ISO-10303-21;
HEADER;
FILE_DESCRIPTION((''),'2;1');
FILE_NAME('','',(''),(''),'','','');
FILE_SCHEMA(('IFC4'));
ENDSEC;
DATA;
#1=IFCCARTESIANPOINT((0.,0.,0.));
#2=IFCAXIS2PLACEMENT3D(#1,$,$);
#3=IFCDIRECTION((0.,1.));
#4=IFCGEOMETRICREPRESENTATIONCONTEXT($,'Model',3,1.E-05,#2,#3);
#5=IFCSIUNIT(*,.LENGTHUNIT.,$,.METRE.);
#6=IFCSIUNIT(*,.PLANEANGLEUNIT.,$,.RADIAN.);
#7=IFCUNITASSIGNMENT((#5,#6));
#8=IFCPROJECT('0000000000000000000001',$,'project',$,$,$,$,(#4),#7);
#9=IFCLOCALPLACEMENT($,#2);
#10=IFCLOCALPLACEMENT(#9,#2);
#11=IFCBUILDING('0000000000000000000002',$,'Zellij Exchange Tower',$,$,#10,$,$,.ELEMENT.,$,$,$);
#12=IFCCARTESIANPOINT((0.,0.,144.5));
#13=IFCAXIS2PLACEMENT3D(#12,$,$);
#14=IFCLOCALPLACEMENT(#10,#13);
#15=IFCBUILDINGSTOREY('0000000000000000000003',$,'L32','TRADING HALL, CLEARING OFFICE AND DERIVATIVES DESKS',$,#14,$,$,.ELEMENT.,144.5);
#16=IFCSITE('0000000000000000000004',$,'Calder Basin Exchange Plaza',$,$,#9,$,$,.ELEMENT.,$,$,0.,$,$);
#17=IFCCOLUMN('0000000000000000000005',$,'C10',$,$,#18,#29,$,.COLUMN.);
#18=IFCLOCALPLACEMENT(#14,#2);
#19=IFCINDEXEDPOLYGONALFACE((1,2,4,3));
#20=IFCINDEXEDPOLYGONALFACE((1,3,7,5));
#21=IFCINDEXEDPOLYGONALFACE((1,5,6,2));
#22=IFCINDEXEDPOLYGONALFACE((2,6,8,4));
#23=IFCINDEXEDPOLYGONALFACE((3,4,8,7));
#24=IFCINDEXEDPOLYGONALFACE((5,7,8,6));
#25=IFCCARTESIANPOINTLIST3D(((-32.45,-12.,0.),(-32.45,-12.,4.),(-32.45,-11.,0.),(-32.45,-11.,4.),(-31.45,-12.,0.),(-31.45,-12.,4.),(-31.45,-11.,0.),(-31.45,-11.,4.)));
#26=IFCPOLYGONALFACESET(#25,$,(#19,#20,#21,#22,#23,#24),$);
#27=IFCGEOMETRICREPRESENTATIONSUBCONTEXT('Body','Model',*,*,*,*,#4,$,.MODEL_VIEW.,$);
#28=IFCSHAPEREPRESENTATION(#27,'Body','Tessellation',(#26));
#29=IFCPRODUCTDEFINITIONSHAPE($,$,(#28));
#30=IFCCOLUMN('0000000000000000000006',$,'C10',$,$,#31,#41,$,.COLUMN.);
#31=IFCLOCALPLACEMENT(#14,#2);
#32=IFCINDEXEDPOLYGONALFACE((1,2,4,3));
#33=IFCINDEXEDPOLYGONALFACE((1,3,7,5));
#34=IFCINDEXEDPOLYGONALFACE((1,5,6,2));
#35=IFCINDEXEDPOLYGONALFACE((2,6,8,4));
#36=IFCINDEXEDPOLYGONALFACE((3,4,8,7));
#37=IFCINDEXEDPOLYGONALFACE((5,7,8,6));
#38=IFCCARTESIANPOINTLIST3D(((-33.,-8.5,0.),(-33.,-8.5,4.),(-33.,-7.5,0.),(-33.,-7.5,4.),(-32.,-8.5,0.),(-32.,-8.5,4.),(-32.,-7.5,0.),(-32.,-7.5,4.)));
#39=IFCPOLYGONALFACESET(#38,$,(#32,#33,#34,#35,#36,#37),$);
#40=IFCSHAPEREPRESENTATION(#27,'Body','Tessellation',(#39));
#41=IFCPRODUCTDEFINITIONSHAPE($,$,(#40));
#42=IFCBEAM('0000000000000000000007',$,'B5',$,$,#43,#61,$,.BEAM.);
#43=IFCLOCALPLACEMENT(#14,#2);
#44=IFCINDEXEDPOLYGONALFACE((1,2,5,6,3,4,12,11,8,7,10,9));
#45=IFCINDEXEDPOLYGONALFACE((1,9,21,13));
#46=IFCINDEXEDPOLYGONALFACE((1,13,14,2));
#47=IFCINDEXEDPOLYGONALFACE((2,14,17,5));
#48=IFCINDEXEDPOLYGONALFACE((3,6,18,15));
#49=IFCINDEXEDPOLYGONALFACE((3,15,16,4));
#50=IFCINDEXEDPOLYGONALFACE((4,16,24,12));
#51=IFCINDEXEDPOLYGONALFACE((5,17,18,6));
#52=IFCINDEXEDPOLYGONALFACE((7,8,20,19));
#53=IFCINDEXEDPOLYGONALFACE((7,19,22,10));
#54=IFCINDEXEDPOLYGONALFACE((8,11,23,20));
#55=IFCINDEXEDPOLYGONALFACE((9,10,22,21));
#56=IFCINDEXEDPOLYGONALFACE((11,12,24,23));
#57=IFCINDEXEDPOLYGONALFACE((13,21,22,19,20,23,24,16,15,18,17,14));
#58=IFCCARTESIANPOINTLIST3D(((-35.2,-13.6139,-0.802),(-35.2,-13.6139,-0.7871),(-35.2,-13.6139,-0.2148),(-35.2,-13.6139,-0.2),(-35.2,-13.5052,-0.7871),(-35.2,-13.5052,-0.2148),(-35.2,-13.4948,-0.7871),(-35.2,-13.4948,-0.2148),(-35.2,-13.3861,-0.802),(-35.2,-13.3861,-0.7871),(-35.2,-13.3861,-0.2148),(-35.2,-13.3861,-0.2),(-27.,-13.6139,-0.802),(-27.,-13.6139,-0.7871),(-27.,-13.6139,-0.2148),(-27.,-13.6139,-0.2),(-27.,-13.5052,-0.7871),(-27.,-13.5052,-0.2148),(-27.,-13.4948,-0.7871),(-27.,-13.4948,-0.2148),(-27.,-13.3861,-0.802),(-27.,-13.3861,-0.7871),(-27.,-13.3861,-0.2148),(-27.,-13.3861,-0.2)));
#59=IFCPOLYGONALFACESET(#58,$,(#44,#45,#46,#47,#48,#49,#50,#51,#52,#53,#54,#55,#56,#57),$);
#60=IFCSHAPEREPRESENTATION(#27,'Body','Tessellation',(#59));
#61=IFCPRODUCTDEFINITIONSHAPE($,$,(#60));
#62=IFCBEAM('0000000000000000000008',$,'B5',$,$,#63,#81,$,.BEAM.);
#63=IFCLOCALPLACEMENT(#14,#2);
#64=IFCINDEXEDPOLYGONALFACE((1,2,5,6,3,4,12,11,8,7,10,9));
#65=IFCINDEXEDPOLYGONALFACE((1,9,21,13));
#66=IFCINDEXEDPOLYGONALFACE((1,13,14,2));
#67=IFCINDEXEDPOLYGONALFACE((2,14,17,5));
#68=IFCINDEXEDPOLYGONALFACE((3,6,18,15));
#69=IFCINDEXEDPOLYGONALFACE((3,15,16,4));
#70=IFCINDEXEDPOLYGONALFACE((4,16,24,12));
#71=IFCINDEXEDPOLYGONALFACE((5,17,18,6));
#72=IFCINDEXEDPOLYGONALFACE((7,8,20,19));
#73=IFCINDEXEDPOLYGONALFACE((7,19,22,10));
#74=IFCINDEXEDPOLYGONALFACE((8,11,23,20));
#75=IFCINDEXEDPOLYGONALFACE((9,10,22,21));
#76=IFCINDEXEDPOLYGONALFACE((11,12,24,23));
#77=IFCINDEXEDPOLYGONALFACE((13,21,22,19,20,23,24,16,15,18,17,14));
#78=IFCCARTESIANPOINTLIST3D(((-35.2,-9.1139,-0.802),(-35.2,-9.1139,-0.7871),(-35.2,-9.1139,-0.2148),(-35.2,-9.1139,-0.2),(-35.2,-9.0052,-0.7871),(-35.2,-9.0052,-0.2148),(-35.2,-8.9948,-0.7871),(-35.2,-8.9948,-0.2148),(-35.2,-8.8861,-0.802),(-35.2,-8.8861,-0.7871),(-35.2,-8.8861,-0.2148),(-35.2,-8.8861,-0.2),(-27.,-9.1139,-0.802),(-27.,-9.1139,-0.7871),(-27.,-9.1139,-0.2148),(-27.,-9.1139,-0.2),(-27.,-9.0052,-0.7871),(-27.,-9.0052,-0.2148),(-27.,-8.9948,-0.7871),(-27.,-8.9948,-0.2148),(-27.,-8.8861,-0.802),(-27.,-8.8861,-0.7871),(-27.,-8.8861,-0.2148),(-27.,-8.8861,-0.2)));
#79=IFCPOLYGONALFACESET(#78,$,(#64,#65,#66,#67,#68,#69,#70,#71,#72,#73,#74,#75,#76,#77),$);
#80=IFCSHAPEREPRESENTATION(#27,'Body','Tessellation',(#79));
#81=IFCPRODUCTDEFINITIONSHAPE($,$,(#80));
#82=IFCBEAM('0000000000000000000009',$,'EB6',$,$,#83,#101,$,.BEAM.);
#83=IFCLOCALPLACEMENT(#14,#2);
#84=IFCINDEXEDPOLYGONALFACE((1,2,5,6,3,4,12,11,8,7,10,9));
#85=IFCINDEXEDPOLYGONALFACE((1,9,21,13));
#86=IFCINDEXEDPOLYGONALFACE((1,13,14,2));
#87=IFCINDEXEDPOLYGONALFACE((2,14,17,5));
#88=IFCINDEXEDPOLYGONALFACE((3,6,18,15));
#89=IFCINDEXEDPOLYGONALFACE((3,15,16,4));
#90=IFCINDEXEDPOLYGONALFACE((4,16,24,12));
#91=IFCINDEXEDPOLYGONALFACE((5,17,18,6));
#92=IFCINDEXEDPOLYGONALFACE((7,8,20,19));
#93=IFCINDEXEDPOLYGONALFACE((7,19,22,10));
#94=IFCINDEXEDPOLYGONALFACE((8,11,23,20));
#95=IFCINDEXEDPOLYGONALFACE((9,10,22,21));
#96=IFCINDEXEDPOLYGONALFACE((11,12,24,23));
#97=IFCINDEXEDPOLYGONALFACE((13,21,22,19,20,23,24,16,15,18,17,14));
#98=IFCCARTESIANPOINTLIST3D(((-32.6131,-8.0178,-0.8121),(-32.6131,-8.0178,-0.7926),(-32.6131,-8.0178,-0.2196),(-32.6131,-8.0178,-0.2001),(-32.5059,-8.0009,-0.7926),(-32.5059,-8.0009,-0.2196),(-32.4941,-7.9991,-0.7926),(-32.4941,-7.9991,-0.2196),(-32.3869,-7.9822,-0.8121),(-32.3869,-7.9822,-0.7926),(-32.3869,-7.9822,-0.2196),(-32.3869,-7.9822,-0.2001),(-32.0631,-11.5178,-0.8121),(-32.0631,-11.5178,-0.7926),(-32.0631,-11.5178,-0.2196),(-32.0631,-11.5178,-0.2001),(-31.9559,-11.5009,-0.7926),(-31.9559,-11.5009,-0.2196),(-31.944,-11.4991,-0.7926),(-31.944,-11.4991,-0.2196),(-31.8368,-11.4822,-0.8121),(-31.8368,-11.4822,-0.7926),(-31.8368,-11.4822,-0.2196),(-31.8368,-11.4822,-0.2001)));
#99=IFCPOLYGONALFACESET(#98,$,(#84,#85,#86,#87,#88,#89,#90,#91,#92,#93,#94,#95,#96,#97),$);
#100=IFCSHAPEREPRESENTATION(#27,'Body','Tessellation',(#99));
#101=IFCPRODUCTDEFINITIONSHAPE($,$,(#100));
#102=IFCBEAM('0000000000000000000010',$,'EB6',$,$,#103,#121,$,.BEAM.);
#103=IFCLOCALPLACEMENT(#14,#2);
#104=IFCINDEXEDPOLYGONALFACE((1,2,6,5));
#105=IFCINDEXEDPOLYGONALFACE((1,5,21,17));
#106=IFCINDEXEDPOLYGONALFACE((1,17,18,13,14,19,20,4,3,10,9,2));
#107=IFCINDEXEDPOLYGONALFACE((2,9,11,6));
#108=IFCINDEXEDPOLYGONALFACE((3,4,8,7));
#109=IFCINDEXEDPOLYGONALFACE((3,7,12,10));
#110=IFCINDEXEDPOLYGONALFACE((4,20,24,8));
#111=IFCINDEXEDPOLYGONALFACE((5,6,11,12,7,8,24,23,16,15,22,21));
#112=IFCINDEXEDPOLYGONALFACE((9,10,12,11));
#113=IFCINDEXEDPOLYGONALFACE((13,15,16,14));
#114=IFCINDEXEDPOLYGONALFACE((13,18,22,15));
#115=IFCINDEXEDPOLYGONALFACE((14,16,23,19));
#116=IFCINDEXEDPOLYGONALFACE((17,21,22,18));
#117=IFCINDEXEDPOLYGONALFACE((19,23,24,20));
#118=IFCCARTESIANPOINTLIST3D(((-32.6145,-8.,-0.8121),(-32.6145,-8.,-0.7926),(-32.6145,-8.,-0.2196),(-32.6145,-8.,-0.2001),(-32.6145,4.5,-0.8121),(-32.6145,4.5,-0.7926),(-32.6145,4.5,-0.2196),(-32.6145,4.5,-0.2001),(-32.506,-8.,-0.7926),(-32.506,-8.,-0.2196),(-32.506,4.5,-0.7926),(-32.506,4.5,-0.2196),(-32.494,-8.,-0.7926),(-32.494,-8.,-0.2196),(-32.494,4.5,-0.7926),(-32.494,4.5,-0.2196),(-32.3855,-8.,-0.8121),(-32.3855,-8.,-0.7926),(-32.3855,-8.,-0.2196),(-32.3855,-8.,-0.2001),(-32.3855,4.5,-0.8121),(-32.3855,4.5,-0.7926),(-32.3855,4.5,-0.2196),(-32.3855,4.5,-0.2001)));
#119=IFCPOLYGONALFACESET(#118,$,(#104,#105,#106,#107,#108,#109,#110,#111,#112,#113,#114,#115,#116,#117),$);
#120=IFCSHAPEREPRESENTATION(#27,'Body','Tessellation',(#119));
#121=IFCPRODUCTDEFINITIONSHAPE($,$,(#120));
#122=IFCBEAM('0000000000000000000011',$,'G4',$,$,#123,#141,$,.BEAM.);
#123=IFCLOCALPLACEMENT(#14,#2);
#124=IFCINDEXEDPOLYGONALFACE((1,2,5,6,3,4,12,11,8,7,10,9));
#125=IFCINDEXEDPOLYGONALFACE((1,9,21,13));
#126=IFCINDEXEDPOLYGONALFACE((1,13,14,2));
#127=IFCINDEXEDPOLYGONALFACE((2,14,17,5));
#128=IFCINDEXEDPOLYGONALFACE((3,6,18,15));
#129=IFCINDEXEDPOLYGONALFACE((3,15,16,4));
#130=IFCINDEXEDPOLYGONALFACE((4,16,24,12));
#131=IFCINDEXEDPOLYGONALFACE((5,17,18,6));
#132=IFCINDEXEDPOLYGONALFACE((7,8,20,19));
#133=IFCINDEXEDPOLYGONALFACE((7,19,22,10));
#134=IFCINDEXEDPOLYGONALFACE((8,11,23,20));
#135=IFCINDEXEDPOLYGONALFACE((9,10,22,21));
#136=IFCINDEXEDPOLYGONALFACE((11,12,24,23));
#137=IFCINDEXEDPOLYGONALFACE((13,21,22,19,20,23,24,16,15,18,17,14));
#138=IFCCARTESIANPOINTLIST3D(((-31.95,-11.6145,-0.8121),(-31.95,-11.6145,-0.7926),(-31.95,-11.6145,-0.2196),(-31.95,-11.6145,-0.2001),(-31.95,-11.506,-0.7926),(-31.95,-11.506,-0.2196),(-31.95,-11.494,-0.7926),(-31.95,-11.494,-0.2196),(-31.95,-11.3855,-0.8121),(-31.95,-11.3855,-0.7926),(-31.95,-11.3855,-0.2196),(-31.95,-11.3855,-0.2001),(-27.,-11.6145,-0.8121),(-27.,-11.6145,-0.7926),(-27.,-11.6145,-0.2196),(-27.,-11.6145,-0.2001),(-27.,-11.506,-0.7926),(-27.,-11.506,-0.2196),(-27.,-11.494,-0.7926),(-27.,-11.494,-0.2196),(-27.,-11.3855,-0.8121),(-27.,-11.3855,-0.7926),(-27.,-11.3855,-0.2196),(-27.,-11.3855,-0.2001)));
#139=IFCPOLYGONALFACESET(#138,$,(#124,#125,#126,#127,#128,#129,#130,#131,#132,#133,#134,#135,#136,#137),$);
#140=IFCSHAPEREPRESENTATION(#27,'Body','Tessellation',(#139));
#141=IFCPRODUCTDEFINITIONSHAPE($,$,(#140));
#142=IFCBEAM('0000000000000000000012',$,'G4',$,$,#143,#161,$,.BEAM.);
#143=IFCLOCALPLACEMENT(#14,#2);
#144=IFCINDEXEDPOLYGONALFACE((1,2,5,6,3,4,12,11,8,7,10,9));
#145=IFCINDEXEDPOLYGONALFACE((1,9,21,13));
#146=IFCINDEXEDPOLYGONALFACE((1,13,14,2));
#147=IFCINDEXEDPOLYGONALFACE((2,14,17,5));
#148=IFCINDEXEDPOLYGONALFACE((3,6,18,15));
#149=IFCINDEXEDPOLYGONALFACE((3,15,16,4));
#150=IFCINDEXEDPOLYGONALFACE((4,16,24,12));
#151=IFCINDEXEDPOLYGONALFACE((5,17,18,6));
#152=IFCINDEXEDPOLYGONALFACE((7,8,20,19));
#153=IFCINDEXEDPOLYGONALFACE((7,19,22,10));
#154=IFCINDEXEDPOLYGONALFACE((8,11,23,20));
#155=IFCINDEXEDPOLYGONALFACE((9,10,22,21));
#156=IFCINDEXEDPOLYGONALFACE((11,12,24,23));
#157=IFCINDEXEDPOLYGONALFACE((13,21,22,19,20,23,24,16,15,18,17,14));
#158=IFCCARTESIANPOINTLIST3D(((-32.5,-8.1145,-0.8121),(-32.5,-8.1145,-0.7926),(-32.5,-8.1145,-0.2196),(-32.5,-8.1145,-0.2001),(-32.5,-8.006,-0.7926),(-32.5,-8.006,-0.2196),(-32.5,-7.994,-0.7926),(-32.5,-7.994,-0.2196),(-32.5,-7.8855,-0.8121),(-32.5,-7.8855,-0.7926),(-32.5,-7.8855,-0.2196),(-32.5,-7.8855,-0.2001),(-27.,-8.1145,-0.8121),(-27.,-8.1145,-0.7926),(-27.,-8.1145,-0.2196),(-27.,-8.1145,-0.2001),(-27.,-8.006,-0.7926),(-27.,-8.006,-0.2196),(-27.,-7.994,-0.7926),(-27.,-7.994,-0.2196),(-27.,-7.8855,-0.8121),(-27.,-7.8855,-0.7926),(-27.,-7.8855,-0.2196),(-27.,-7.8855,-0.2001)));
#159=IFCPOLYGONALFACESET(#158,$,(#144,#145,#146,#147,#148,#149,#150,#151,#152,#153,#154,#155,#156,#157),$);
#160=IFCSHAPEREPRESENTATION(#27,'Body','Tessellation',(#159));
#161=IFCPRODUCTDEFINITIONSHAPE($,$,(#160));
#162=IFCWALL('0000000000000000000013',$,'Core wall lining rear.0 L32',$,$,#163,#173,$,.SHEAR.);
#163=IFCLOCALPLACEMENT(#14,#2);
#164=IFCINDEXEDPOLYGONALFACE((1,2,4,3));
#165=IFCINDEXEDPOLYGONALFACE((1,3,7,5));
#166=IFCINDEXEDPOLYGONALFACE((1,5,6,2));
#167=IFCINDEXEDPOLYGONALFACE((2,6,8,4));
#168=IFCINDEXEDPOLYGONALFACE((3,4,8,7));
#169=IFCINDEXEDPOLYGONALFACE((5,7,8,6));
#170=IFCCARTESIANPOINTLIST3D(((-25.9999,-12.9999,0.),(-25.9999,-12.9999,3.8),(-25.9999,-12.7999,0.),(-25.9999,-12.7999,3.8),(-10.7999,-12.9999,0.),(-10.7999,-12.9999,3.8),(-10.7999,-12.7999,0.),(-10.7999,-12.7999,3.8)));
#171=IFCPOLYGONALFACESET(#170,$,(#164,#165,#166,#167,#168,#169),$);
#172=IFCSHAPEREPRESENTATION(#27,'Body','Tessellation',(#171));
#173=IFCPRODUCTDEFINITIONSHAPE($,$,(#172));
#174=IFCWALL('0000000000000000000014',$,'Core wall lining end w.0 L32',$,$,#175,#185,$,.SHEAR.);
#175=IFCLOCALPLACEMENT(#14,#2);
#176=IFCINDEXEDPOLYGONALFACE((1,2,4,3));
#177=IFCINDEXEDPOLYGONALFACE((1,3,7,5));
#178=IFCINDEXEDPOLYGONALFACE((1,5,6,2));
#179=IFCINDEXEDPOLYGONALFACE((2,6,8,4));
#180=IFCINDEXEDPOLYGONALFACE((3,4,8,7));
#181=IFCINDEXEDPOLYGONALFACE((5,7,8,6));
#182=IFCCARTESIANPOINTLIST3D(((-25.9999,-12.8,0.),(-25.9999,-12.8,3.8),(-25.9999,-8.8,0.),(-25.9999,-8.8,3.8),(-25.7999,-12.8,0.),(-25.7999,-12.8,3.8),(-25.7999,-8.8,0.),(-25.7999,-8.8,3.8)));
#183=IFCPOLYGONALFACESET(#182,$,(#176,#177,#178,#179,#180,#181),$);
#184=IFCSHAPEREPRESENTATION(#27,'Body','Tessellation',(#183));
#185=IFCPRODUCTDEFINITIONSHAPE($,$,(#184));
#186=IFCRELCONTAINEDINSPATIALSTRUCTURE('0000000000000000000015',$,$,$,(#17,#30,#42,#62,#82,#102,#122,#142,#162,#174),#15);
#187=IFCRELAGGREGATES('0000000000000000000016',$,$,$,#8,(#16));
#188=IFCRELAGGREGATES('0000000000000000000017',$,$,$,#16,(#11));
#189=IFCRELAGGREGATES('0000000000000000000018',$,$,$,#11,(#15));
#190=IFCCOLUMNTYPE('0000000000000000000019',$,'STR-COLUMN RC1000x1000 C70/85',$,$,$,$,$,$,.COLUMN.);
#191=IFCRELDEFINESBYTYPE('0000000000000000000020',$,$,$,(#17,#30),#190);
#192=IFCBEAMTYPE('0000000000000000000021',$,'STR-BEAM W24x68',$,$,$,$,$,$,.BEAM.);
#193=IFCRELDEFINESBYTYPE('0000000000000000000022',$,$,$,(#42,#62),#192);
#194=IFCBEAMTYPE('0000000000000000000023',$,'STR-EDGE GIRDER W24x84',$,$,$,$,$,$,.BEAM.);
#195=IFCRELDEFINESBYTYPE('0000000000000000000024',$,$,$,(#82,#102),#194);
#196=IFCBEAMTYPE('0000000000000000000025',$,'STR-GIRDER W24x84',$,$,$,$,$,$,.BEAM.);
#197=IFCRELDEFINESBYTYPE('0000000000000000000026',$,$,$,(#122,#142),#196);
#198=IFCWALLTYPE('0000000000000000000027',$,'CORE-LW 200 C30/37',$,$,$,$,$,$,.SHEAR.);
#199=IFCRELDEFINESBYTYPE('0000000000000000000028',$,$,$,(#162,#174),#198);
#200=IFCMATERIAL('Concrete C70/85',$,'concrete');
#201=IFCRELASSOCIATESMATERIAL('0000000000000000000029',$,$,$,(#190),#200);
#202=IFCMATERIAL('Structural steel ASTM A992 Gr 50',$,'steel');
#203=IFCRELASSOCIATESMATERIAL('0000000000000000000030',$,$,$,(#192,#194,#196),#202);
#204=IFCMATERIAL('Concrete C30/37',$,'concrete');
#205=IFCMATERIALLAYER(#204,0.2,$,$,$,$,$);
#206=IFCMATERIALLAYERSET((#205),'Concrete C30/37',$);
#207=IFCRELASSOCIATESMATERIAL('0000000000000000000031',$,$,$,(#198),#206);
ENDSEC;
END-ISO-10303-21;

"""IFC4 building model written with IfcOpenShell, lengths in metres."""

from ifc_helpers import new_model, si_unit, direction, frame, frame_2d, origin, origin_2d, place, context, subcontext, project, spatial, rectangle, i_section, extrude, material, layer, layer_set, material_profile, profile_set, type_object, element, save


model = new_model("IFC4")

# Units and contexts
model_context = context("Model", 3, precision=1e-05, world=origin(), true_north=direction((0.0, 1.0)))
body_context = subcontext(model_context, "Body", "Model", "MODEL_VIEW")
ifc_project = project(units=[si_unit("LENGTHUNIT", "METRE"), si_unit("PLANEANGLEUNIT", "RADIAN")], contexts=[model_context])

# Site, building, storey
site_placement = place(None, origin())
site = spatial("IfcSite", under=ifc_project, at=site_placement, Name="Calder Basin Exchange Plaza", CompositionType="ELEMENT", RefElevation=0.0)
building_placement = place(site_placement, origin())
building = spatial("IfcBuilding", under=site, at=building_placement, Name="Zellij Exchange Tower", CompositionType="ELEMENT")
storey_placement = place(building_placement, frame((0.0, 0.0, 144.5)))
storey = spatial("IfcBuildingStorey", under=building, at=storey_placement, Name="L32", Description="TRADING HALL, CLEARING OFFICE AND DERIVATIVES DESKS", CompositionType="ELEMENT", Elevation=144.5)

# Columns
ifc_material_1 = material(Name="Concrete C70/85", Category="concrete")
ifc_material_profile_1 = material_profile(ifc_material_1, rectangle(XDim=1.0, YDim=1.0, at=origin_2d()), Name="STR-COLUMN RC1000x1000 C70/85")
ifc_profile_set_1 = profile_set([ifc_material_profile_1], Name="Concrete C70/85")
column_type = type_object("IfcColumnType", Name="STR-COLUMN RC1000x1000 C70/85", PredefinedType="COLUMN", material=ifc_profile_set_1)
for number, where, z_axis, x_axis, name in (
    (1, (-31.95, -11.5, 0.0), (0.0, 0.0, 1.0), (1.0, 0.0, 0.0), "C10"),
    (2, (-32.5, -8.0, 0.0), (0.0, 0.0, 1.0), (1.0, 0.0, 0.0), "C10"),
):
    element("IfcColumn", number, at=place(storey_placement, frame(where, z_axis=z_axis, x_axis=x_axis)), inside=storey, type_object=column_type, Name=name, PredefinedType="COLUMN", context=body_context, shape_type="SweptSolid", body=[
        extrude(rectangle(XDim=1.0, YDim=1.0, at=origin_2d()), origin(), (0.0, 0.0, 1.0), 4.0),
    ])

# Beams
ifc_material_2 = material(Name="Structural steel ASTM A992 Gr 50", Category="steel")
ifc_material_profile_2 = material_profile(ifc_material_2, i_section(OverallWidth=0.2278, OverallDepth=0.6021, WebThickness=0.0105, FlangeThickness=0.0149, at=origin_2d()), Name="W24x68")
ifc_profile_set_2 = profile_set([ifc_material_profile_2], Name="Structural steel ASTM A992 Gr 50")
beam_type_1 = type_object("IfcBeamType", Name="STR-BEAM W24x68", PredefinedType="BEAM", material=ifc_profile_set_2)
for number, where, z_axis, x_axis, name in (
    (3, (-35.2, -13.5, -0.501), (1.0, 0.0, 0.0), (0.0, 1.0, 0.0), "B5"),
    (4, (-35.2, -9.0, -0.501), (1.0, 0.0, 0.0), (0.0, 1.0, 0.0), "B5"),
):
    element("IfcBeam", number, at=place(storey_placement, frame(where, z_axis=z_axis, x_axis=x_axis)), inside=storey, type_object=beam_type_1, Name=name, PredefinedType="BEAM", context=body_context, shape_type="SweptSolid", body=[
        extrude(i_section(OverallWidth=0.2278, OverallDepth=0.6021, WebThickness=0.0105, FlangeThickness=0.0149, at=origin_2d()), origin(), (0.0, 0.0, 1.0), 8.2),
    ])
ifc_material_profile_3 = material_profile(ifc_material_2, i_section(OverallWidth=0.229, OverallDepth=0.6121, WebThickness=0.012, FlangeThickness=0.0195, at=origin_2d()), Name="W24x84")
ifc_profile_set_3 = profile_set([ifc_material_profile_3], Name="Structural steel ASTM A992 Gr 50")
beam_type_2 = type_object("IfcBeamType", Name="STR-EDGE GIRDER W24x84", PredefinedType="BEAM", material=ifc_profile_set_3)
beam_1_placement = place(storey_placement, frame((-31.95, -11.5, -0.5061), z_axis=(-0.155251, 0.987875, 0.0), x_axis=(-0.987875, -0.155251, 0.0)))
element("IfcBeam", 5, at=beam_1_placement, inside=storey, type_object=beam_type_2, Name="EB6", PredefinedType="BEAM", context=body_context, shape_type="SweptSolid", body=[
    extrude(i_section(OverallWidth=0.229, OverallDepth=0.6121, WebThickness=0.012, FlangeThickness=0.0195, at=origin_2d()), origin(), (0.0, 0.0, 1.0), 3.543),
])
beam_2_placement = place(storey_placement, frame((-32.5, -8.0, -0.5061), z_axis=(0.0, 1.0, 0.0), x_axis=(-1.0, 0.0, 0.0)))
element("IfcBeam", 6, at=beam_2_placement, inside=storey, type_object=beam_type_2, Name="EB6", PredefinedType="BEAM", context=body_context, shape_type="SweptSolid", body=[
    extrude(i_section(OverallWidth=0.229, OverallDepth=0.6121, WebThickness=0.012, FlangeThickness=0.0195, at=origin_2d()), origin(), (0.0, 0.0, 1.0), 12.5),
])
ifc_material_profile_4 = material_profile(ifc_material_2, i_section(OverallWidth=0.229, OverallDepth=0.6121, WebThickness=0.012, FlangeThickness=0.0195, at=origin_2d()), Name="W24x84")
ifc_profile_set_4 = profile_set([ifc_material_profile_4], Name="Structural steel ASTM A992 Gr 50")
beam_type_3 = type_object("IfcBeamType", Name="STR-GIRDER W24x84", PredefinedType="BEAM", material=ifc_profile_set_4)
beam_3_placement = place(storey_placement, frame((-31.95, -11.5, -0.5061), z_axis=(1.0, 0.0, 0.0), x_axis=(0.0, 1.0, 0.0)))
element("IfcBeam", 7, at=beam_3_placement, inside=storey, type_object=beam_type_3, Name="G4", PredefinedType="BEAM", context=body_context, shape_type="SweptSolid", body=[
    extrude(i_section(OverallWidth=0.229, OverallDepth=0.6121, WebThickness=0.012, FlangeThickness=0.0195, at=origin_2d()), origin(), (0.0, 0.0, 1.0), 4.95),
])
beam_4_placement = place(storey_placement, frame((-32.5, -8.0, -0.5061), z_axis=(1.0, 0.0, 0.0), x_axis=(0.0, 1.0, 0.0)))
element("IfcBeam", 8, at=beam_4_placement, inside=storey, type_object=beam_type_3, Name="G4", PredefinedType="BEAM", context=body_context, shape_type="SweptSolid", body=[
    extrude(i_section(OverallWidth=0.229, OverallDepth=0.6121, WebThickness=0.012, FlangeThickness=0.0195, at=origin_2d()), origin(), (0.0, 0.0, 1.0), 5.5),
])

# Walls
ifc_material_3 = material(Name="Concrete C30/37", Category="concrete")
ifc_layer_1 = layer(ifc_material_3, 0.2)
ifc_layer_set_1 = layer_set([ifc_layer_1], Name="Concrete C30/37")
wall_type_1 = type_object("IfcWallType", Name="CORE-LW 200 C30/37", PredefinedType="SHEAR", material=ifc_layer_set_1)
wall_1_placement = place(storey_placement, frame((-26.0, -12.8999, 0.0), z_axis=(0.0, 0.0, 1.0), x_axis=(1.0, 0.0, 0.0)))
element("IfcWall", 9, at=wall_1_placement, inside=storey, type_object=wall_type_1, Name="Core wall lining rear.0 L32", PredefinedType="SHEAR", context=body_context, shape_type="SweptSolid", body=[
    extrude(rectangle(XDim=15.2, YDim=0.2, at=frame_2d((7.6001, 0.0))), origin(), (0.0, 0.0, 1.0), 3.8),
])
wall_2_placement = place(storey_placement, frame((-25.8999, -12.8, 0.0), z_axis=(0.0, 0.0, 1.0), x_axis=(0.0, 1.0, 0.0)))
element("IfcWall", 10, at=wall_2_placement, inside=storey, type_object=wall_type_1, Name="Core wall lining end w.0 L32", PredefinedType="SHEAR", context=body_context, shape_type="SweptSolid", body=[
    extrude(rectangle(XDim=4.0, YDim=0.2, at=frame_2d((2.0, 0.0))), origin(), (0.0, 0.0, 1.0), 3.8),
])

save(model, "model.ifc")
